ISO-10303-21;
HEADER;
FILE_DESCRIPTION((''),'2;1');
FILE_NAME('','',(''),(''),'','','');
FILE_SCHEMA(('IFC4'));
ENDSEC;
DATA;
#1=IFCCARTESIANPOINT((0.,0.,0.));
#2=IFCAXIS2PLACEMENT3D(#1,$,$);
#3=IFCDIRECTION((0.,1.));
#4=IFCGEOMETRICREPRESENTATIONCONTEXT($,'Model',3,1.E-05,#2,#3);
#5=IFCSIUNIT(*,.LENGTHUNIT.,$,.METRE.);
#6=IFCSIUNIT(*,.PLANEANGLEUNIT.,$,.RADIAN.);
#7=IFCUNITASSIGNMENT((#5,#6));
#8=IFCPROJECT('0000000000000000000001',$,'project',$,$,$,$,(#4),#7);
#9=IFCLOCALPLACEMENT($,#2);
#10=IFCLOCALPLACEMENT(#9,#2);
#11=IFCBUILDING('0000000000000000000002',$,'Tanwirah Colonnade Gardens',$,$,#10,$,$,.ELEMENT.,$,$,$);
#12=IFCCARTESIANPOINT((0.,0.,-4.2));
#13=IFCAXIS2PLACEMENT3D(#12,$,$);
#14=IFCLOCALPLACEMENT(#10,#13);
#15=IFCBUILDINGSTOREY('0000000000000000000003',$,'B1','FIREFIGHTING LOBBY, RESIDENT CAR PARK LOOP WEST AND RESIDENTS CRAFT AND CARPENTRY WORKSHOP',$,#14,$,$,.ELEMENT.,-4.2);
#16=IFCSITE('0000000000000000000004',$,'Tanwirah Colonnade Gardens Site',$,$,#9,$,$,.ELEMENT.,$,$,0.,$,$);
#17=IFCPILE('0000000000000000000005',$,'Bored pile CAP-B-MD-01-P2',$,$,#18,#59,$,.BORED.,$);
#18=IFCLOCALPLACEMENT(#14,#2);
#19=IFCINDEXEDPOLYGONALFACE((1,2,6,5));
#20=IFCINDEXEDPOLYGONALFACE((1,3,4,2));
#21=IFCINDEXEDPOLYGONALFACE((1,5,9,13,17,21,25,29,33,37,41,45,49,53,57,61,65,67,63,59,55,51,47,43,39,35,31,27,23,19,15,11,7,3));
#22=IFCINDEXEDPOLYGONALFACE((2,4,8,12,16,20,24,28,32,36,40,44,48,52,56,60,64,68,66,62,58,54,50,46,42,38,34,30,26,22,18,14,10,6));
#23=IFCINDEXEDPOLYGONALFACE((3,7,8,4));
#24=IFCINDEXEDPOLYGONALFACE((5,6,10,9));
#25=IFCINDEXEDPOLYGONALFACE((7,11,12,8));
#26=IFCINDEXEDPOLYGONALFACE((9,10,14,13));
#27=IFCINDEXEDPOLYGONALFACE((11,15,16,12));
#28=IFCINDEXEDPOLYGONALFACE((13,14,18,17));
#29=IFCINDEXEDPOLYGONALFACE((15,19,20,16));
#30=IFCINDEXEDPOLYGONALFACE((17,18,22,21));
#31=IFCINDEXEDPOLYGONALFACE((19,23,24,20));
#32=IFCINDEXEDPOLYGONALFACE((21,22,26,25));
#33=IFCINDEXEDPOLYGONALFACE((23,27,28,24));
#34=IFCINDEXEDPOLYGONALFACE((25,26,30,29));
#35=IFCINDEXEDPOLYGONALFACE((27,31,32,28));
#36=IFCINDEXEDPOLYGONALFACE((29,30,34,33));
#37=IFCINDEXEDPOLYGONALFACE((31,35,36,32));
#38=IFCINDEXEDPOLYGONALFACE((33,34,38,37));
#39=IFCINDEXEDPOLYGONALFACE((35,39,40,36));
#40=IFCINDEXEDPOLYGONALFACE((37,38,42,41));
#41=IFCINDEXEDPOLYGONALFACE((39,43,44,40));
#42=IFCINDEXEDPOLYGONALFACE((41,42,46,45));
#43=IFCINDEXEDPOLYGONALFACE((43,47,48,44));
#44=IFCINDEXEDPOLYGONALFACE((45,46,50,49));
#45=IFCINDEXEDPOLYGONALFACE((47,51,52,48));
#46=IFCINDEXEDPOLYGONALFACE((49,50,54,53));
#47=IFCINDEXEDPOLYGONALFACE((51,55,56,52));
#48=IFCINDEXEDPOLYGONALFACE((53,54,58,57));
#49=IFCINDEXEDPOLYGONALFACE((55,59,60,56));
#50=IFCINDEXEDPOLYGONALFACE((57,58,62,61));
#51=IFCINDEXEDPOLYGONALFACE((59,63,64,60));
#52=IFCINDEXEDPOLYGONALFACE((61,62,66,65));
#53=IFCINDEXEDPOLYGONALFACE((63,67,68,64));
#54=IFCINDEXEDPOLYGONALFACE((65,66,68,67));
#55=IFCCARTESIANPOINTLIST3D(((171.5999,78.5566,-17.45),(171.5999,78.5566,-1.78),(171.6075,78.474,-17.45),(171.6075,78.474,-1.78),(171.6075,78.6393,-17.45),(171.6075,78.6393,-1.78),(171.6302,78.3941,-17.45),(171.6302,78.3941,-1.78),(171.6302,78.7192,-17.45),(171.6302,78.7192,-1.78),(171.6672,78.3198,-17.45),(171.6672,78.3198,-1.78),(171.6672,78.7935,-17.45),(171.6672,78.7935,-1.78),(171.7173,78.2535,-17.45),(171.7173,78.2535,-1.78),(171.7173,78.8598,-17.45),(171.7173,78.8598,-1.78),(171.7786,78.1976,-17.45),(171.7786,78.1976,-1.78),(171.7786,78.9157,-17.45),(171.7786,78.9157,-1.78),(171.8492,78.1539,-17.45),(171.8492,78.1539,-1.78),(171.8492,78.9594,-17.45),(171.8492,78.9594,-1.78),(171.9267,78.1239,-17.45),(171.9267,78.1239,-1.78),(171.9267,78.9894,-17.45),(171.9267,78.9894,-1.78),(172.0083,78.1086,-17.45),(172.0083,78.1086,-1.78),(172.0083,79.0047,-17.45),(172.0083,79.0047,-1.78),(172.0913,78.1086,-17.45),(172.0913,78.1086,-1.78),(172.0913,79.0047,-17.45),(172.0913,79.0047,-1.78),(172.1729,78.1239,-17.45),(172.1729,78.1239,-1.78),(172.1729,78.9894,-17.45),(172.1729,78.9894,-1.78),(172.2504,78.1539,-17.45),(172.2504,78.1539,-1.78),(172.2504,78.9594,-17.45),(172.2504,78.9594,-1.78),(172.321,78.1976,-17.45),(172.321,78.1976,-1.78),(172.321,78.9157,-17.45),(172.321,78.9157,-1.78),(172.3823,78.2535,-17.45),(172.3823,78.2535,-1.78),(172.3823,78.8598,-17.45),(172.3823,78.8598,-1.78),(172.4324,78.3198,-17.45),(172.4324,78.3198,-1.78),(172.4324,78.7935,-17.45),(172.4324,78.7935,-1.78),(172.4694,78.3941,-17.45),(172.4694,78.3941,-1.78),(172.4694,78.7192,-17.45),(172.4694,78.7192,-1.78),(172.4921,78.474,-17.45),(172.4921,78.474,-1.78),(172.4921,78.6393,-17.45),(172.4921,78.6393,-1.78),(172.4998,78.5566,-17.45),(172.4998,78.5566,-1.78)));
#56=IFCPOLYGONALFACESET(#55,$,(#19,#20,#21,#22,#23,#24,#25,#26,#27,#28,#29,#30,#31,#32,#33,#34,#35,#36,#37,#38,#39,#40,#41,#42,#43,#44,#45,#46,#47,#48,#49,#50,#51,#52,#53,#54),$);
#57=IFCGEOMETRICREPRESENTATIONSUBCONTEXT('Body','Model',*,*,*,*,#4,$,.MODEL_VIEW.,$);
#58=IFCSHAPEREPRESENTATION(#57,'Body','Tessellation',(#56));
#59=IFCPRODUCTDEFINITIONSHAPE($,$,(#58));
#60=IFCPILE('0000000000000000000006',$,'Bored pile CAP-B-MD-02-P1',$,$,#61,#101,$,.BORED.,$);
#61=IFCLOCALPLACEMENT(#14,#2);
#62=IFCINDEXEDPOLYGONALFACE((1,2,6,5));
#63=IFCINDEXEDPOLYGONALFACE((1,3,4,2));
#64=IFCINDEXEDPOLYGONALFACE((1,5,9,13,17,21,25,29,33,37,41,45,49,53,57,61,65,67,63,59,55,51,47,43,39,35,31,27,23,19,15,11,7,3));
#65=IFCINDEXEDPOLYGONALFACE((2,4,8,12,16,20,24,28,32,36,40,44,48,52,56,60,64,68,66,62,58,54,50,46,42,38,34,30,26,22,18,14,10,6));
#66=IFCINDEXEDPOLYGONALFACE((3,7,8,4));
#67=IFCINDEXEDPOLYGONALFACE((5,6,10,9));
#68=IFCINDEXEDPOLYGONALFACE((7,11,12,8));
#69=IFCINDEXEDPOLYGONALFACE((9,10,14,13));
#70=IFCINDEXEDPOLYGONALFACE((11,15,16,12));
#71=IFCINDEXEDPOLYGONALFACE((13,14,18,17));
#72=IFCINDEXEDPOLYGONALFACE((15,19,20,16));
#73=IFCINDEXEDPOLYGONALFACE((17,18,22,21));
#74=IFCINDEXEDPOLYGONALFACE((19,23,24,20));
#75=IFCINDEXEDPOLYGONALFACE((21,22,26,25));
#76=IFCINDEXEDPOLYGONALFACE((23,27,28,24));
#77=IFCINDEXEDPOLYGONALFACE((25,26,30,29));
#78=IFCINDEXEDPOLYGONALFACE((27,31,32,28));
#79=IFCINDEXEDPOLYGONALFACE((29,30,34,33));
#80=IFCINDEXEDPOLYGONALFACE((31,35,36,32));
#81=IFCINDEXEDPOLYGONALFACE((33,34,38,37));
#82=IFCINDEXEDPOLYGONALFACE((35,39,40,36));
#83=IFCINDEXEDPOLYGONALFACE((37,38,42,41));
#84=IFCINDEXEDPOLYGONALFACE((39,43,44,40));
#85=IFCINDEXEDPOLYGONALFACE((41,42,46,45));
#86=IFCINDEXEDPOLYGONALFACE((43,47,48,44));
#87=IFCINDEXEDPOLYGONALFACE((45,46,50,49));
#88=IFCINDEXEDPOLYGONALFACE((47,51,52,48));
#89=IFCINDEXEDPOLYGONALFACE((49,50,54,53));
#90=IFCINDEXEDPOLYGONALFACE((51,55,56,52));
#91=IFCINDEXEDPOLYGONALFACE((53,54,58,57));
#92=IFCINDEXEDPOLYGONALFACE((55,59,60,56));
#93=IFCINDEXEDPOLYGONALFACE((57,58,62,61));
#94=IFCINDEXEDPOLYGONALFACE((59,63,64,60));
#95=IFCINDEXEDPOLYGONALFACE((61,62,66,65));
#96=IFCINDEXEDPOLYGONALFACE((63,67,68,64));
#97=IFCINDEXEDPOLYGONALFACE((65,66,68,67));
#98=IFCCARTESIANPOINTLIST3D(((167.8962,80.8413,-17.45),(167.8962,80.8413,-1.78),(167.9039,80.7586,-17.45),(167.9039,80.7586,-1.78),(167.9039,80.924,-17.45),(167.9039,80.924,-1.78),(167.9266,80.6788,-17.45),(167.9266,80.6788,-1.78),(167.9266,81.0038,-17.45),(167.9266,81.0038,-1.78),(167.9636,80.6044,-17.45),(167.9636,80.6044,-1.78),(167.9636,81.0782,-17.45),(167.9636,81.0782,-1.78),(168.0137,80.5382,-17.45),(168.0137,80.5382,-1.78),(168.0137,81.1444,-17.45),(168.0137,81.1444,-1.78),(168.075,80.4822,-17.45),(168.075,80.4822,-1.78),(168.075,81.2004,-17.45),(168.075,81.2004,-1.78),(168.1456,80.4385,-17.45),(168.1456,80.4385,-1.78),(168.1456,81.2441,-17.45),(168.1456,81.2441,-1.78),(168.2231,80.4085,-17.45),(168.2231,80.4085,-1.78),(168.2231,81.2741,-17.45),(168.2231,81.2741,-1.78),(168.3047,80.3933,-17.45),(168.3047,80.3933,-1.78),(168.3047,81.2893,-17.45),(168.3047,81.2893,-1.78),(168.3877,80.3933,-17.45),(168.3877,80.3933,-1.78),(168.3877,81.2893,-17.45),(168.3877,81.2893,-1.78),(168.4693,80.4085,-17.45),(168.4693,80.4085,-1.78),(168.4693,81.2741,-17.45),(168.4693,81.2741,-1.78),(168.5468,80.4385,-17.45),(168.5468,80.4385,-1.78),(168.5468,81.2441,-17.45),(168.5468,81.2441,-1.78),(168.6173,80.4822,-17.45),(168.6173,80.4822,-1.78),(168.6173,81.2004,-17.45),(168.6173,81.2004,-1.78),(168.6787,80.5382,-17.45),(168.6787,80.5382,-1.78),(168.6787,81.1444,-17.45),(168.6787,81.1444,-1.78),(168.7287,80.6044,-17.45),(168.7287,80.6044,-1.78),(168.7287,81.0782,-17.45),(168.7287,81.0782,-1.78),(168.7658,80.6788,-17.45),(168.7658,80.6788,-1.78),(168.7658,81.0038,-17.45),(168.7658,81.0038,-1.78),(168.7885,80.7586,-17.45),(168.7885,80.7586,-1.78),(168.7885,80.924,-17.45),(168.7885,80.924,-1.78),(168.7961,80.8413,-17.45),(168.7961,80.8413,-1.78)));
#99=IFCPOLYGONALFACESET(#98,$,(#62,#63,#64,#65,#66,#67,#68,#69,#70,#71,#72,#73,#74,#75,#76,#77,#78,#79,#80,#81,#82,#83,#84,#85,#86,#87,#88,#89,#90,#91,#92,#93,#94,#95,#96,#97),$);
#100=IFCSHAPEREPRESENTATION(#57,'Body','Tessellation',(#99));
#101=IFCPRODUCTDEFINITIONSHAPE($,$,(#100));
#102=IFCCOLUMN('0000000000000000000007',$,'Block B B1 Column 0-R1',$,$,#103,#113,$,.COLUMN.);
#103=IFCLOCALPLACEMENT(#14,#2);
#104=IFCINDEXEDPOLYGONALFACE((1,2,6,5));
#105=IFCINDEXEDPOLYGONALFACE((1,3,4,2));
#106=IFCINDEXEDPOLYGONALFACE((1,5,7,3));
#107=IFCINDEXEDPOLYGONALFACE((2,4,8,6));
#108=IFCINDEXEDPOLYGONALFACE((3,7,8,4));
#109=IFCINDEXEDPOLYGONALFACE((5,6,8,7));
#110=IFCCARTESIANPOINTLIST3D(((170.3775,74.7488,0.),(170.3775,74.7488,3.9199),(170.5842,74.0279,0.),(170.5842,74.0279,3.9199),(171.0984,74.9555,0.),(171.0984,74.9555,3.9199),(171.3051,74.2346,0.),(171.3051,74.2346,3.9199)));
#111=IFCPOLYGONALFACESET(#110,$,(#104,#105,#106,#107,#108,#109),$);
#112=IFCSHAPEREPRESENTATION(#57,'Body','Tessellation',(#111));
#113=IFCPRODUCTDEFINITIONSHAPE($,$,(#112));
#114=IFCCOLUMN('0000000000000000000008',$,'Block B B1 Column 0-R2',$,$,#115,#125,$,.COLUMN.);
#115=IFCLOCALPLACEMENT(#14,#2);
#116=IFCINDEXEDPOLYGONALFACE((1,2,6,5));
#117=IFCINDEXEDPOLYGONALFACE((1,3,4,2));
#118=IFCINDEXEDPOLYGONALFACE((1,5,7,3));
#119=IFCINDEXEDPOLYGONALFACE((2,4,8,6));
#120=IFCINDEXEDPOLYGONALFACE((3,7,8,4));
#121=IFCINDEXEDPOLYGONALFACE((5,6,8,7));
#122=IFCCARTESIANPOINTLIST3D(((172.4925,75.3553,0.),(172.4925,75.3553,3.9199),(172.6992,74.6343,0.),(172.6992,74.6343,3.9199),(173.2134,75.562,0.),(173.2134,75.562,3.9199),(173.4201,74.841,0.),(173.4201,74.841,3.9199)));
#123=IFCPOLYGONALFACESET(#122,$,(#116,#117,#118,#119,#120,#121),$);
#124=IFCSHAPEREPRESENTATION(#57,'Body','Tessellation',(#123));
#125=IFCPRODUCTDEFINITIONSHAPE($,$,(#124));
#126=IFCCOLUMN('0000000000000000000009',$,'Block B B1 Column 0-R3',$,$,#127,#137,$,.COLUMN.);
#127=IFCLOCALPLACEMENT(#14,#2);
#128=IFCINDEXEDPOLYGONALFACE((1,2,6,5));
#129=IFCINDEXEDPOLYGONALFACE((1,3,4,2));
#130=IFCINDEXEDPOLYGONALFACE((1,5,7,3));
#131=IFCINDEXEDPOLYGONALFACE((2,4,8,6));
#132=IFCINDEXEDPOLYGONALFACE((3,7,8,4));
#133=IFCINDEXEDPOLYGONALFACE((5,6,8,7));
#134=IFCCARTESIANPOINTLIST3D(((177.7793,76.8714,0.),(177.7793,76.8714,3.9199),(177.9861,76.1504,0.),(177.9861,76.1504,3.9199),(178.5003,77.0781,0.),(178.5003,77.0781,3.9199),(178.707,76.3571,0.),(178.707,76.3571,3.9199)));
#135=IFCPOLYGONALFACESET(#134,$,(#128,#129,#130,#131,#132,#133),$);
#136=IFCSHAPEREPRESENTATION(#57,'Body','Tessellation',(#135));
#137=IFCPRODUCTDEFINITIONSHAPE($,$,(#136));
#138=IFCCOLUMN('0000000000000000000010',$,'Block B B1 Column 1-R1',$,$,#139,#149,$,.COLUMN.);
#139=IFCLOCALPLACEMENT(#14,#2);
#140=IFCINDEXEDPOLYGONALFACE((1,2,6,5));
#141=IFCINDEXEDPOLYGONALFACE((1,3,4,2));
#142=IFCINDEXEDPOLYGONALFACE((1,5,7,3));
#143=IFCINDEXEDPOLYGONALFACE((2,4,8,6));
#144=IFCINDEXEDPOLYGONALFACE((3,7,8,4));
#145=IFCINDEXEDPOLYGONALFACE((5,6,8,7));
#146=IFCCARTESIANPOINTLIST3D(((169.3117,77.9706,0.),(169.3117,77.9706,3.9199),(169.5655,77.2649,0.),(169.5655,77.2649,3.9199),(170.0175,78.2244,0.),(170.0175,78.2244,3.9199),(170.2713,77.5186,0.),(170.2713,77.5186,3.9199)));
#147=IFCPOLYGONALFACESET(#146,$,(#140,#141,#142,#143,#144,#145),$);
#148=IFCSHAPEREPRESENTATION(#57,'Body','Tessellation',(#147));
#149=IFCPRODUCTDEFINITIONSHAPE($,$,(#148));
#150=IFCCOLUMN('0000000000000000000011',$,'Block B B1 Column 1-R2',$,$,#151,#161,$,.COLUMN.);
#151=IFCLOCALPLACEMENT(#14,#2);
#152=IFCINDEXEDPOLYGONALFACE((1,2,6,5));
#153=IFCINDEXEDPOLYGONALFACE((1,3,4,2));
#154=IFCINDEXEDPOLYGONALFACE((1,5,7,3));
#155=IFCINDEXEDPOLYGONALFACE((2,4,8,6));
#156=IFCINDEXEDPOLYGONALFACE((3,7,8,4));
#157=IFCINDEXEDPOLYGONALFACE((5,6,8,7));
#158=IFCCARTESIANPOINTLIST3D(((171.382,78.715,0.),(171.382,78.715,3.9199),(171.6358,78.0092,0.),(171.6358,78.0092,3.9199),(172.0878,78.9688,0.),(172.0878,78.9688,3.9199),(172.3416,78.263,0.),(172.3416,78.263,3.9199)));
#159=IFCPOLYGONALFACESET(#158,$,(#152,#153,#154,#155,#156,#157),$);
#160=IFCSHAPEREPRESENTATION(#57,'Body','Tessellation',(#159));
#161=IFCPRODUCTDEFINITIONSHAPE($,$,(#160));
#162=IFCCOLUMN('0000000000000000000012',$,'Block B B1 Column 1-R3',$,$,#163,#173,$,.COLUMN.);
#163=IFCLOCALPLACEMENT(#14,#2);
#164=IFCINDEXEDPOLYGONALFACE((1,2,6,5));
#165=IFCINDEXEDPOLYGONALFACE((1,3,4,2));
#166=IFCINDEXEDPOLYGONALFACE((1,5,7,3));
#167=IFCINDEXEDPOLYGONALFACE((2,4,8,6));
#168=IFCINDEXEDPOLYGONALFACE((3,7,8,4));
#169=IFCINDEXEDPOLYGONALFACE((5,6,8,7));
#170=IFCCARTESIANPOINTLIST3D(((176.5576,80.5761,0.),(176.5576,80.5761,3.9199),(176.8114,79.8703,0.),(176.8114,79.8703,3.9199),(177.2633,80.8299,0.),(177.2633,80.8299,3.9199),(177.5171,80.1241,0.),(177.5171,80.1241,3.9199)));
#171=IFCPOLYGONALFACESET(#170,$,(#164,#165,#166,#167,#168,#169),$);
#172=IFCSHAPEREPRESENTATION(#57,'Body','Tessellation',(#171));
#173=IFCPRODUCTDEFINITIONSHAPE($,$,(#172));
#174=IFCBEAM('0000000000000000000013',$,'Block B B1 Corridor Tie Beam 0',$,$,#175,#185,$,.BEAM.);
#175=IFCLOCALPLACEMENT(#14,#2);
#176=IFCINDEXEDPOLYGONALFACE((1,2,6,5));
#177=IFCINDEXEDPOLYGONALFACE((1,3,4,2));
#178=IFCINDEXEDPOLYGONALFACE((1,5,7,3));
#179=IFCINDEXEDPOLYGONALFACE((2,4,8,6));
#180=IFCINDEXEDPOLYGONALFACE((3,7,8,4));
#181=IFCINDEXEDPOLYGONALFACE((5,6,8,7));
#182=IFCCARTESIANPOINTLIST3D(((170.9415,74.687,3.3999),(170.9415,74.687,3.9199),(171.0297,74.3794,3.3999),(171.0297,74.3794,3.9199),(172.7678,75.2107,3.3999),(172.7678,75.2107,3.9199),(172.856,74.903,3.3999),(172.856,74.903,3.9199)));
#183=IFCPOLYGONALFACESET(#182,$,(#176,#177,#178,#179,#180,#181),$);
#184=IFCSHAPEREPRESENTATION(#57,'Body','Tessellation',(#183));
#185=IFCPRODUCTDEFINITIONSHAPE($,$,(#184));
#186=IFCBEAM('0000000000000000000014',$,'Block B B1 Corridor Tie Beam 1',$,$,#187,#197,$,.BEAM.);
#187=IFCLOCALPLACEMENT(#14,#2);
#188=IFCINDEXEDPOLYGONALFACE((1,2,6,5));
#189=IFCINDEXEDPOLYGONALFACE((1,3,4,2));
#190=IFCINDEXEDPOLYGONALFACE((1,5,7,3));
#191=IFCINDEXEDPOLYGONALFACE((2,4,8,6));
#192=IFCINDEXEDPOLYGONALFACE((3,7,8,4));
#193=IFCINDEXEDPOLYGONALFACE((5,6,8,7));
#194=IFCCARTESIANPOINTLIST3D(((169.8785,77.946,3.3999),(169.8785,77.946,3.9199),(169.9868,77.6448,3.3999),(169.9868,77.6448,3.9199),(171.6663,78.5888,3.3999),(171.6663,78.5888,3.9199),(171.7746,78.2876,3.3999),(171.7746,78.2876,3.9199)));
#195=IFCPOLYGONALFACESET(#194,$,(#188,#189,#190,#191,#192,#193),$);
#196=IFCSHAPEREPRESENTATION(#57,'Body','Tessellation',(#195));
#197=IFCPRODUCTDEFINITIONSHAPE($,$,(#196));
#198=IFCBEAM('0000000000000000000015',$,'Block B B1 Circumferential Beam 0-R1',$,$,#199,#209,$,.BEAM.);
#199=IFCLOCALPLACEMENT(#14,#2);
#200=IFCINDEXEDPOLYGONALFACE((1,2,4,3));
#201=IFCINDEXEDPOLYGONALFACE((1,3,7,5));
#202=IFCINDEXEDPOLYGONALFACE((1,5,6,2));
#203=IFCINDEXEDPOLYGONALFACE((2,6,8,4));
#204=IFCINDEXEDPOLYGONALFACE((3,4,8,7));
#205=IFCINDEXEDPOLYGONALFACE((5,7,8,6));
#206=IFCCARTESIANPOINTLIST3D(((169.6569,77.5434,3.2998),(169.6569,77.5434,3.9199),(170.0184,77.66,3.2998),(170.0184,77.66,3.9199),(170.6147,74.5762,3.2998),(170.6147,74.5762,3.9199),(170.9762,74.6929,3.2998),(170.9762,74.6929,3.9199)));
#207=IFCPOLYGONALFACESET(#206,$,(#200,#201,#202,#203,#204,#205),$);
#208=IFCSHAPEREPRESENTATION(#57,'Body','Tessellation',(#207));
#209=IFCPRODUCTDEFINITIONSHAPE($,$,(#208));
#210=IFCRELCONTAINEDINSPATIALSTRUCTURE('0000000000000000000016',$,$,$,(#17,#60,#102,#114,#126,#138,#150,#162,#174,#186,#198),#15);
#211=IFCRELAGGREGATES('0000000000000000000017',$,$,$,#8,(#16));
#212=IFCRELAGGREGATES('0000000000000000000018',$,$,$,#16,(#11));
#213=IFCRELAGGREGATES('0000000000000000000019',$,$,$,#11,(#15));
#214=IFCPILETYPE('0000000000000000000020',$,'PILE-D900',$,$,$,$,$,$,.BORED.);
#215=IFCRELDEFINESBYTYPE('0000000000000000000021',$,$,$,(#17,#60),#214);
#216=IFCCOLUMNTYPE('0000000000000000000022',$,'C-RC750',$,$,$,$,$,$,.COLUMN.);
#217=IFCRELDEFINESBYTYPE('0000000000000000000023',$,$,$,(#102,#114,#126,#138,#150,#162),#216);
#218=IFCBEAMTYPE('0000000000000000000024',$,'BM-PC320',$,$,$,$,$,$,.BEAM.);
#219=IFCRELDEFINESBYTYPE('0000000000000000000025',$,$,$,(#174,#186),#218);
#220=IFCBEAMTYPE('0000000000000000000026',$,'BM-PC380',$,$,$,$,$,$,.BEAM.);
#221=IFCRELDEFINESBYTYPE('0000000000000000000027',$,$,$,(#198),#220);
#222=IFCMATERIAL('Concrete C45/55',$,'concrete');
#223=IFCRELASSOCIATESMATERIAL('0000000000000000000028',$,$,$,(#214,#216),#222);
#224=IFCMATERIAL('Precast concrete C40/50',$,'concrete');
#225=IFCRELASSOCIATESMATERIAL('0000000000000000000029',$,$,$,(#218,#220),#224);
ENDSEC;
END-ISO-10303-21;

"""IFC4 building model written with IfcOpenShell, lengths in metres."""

from ifc_helpers import new_model, si_unit, direction, frame, origin, origin_2d, place, context, subcontext, project, spatial, rectangle, circle, extrude, material, material_profile, profile_set, type_object, element, save


model = new_model("IFC4")

# Units and contexts
model_context = context("Model", 3, precision=1e-05, world=origin(), true_north=direction((0.0, 1.0)))
body_context = subcontext(model_context, "Body", "Model", "MODEL_VIEW")
ifc_project = project(units=[si_unit("LENGTHUNIT", "METRE"), si_unit("PLANEANGLEUNIT", "RADIAN")], contexts=[model_context])

# Site, building, storey
site_placement = place(None, origin())
site = spatial("IfcSite", under=ifc_project, at=site_placement, Name="Tanwirah Colonnade Gardens Site", CompositionType="ELEMENT", RefElevation=0.0)
building_placement = place(site_placement, origin())
building = spatial("IfcBuilding", under=site, at=building_placement, Name="Tanwirah Colonnade Gardens", CompositionType="ELEMENT")
storey_placement = place(building_placement, frame((0.0, 0.0, -4.2)))
storey = spatial("IfcBuildingStorey", under=building, at=storey_placement, Name="B1", Description="FIREFIGHTING LOBBY, RESIDENT CAR PARK LOOP WEST AND RESIDENTS CRAFT AND CARPENTRY WORKSHOP", CompositionType="ELEMENT", Elevation=-4.2)

# Shared definitions
ifc_material_1 = material(Name="Concrete C45/55", Category="concrete")

# Piles
ifc_material_profile_1 = material_profile(ifc_material_1, circle(Radius=0.45, at=origin_2d()), Name="PILE D900")
ifc_profile_set_1 = profile_set([ifc_material_profile_1], Name="Concrete C45/55")
pile_type_1 = type_object("IfcPileType", Name="PILE-D900", PredefinedType="BORED", material=ifc_profile_set_1)
for number, where, z_axis, x_axis, name in (
    (1, (172.0498, 78.5566, -1.78), (0.0, 0.0, -1.0), (1.0, 0.0, 0.0), "Bored pile CAP-B-MD-01-P2"),
    (2, (168.3462, 80.8413, -1.78), (0.0, 0.0, -1.0), (1.0, 0.0, 0.0), "Bored pile CAP-B-MD-02-P1"),
):
    element("IfcPile", number, at=place(storey_placement, frame(where, z_axis=z_axis, x_axis=x_axis)), inside=storey, type_object=pile_type_1, Name=name, PredefinedType="BORED", context=body_context, shape_type="SweptSolid", body=[
        extrude(circle(Radius=0.45, at=origin_2d()), origin(), (0.0, 0.0, 1.0), 15.6699),
    ])

# Columns
ifc_material_profile_2 = material_profile(ifc_material_1, rectangle(XDim=0.75, YDim=0.75, at=origin_2d()), Name="RC-COL 750x750")
ifc_profile_set_2 = profile_set([ifc_material_profile_2], Name="Concrete C45/55")
column_type = type_object("IfcColumnType", Name="C-RC750", PredefinedType="COLUMN", material=ifc_profile_set_2)
for number, where, z_axis, x_axis, name in (
    (3, (170.8413, 74.4917, 0.0), (0.0, 0.0, 1.0), (0.961262, 0.275637, 0.0), "Block B B1 Column 0-R1"),
    (4, (172.9563, 75.0981, 0.0), (0.0, 0.0, 1.0), (0.961262, 0.275637, 0.0), "Block B B1 Column 0-R2"),
    (5, (178.2432, 76.6143, 0.0), (0.0, 0.0, 1.0), (0.961262, 0.275637, 0.0), "Block B B1 Column 0-R3"),
    (6, (169.7915, 77.7446, 0.0), (0.0, 0.0, 1.0), (0.941012, 0.338373, 0.0), "Block B B1 Column 1-R1"),
    (7, (171.8618, 78.489, 0.0), (0.0, 0.0, 1.0), (0.941012, 0.338373, 0.0), "Block B B1 Column 1-R2"),
    (8, (177.0374, 80.3501, 0.0), (0.0, 0.0, 1.0), (0.941012, 0.338373, 0.0), "Block B B1 Column 1-R3"),
):
    element("IfcColumn", number, at=place(storey_placement, frame(where, z_axis=z_axis, x_axis=x_axis)), inside=storey, type_object=column_type, Name=name, PredefinedType="COLUMN", context=body_context, shape_type="SweptSolid", body=[
        extrude(rectangle(XDim=0.75, YDim=0.75, at=origin_2d()), origin(), (0.0, 0.0, 1.0), 3.9199),
    ])

# Beams
ifc_material_2 = material(Name="Precast concrete C40/50", Category="concrete")
ifc_material_profile_3 = material_profile(ifc_material_2, rectangle(XDim=0.3201, YDim=0.52, at=origin_2d()), Name="PC-BM 320x520")
ifc_profile_set_3 = profile_set([ifc_material_profile_3], Name="Precast concrete C40/50")
beam_type_1 = type_object("IfcBeamType", Name="BM-PC320", PredefinedType="BEAM", material=ifc_profile_set_3)
for number, where, z_axis, x_axis, name in (
    (9, (170.9856, 74.5332, 3.6599), (0.961267, 0.27562, 0.0), (-0.27562, 0.961267, 0.0), "Block B B1 Corridor Tie Beam 0"),
    (10, (169.9326, 77.7954, 3.6599), (0.941022, 0.338346, 0.0), (-0.338346, 0.941022, 0.0), "Block B B1 Corridor Tie Beam 1"),
):
    element("IfcBeam", number, at=place(storey_placement, frame(where, z_axis=z_axis, x_axis=x_axis)), inside=storey, type_object=beam_type_1, Name=name, PredefinedType="BEAM", context=body_context, shape_type="SweptSolid", body=[
        extrude(rectangle(XDim=0.3201, YDim=0.52, at=origin_2d()), origin(), (0.0, 0.0, 1.0), 1.8999),
    ])
ifc_material_profile_4 = material_profile(ifc_material_2, rectangle(XDim=0.3799, YDim=0.6201, at=origin_2d()), Name="PC-BM 380x620")
ifc_profile_set_4 = profile_set([ifc_material_profile_4], Name="Precast concrete C40/50")
beam_type_2 = type_object("IfcBeamType", Name="BM-PC380", PredefinedType="BEAM", material=ifc_profile_set_4)
beam_1_placement = place(storey_placement, frame((170.7954, 74.6345, 3.6099), z_axis=(-0.30717, 0.951655, 0.0), x_axis=(-0.951655, -0.30717, 0.0)))
element("IfcBeam", 11, at=beam_1_placement, inside=storey, type_object=beam_type_2, Name="Block B B1 Circumferential Beam 0-R1", PredefinedType="BEAM", context=body_context, shape_type="SweptSolid", body=[
    extrude(rectangle(XDim=0.3799, YDim=0.6201, at=origin_2d()), origin(), (0.0, 0.0, 1.0), 3.1179),
])

save(model, "model.ifc")
